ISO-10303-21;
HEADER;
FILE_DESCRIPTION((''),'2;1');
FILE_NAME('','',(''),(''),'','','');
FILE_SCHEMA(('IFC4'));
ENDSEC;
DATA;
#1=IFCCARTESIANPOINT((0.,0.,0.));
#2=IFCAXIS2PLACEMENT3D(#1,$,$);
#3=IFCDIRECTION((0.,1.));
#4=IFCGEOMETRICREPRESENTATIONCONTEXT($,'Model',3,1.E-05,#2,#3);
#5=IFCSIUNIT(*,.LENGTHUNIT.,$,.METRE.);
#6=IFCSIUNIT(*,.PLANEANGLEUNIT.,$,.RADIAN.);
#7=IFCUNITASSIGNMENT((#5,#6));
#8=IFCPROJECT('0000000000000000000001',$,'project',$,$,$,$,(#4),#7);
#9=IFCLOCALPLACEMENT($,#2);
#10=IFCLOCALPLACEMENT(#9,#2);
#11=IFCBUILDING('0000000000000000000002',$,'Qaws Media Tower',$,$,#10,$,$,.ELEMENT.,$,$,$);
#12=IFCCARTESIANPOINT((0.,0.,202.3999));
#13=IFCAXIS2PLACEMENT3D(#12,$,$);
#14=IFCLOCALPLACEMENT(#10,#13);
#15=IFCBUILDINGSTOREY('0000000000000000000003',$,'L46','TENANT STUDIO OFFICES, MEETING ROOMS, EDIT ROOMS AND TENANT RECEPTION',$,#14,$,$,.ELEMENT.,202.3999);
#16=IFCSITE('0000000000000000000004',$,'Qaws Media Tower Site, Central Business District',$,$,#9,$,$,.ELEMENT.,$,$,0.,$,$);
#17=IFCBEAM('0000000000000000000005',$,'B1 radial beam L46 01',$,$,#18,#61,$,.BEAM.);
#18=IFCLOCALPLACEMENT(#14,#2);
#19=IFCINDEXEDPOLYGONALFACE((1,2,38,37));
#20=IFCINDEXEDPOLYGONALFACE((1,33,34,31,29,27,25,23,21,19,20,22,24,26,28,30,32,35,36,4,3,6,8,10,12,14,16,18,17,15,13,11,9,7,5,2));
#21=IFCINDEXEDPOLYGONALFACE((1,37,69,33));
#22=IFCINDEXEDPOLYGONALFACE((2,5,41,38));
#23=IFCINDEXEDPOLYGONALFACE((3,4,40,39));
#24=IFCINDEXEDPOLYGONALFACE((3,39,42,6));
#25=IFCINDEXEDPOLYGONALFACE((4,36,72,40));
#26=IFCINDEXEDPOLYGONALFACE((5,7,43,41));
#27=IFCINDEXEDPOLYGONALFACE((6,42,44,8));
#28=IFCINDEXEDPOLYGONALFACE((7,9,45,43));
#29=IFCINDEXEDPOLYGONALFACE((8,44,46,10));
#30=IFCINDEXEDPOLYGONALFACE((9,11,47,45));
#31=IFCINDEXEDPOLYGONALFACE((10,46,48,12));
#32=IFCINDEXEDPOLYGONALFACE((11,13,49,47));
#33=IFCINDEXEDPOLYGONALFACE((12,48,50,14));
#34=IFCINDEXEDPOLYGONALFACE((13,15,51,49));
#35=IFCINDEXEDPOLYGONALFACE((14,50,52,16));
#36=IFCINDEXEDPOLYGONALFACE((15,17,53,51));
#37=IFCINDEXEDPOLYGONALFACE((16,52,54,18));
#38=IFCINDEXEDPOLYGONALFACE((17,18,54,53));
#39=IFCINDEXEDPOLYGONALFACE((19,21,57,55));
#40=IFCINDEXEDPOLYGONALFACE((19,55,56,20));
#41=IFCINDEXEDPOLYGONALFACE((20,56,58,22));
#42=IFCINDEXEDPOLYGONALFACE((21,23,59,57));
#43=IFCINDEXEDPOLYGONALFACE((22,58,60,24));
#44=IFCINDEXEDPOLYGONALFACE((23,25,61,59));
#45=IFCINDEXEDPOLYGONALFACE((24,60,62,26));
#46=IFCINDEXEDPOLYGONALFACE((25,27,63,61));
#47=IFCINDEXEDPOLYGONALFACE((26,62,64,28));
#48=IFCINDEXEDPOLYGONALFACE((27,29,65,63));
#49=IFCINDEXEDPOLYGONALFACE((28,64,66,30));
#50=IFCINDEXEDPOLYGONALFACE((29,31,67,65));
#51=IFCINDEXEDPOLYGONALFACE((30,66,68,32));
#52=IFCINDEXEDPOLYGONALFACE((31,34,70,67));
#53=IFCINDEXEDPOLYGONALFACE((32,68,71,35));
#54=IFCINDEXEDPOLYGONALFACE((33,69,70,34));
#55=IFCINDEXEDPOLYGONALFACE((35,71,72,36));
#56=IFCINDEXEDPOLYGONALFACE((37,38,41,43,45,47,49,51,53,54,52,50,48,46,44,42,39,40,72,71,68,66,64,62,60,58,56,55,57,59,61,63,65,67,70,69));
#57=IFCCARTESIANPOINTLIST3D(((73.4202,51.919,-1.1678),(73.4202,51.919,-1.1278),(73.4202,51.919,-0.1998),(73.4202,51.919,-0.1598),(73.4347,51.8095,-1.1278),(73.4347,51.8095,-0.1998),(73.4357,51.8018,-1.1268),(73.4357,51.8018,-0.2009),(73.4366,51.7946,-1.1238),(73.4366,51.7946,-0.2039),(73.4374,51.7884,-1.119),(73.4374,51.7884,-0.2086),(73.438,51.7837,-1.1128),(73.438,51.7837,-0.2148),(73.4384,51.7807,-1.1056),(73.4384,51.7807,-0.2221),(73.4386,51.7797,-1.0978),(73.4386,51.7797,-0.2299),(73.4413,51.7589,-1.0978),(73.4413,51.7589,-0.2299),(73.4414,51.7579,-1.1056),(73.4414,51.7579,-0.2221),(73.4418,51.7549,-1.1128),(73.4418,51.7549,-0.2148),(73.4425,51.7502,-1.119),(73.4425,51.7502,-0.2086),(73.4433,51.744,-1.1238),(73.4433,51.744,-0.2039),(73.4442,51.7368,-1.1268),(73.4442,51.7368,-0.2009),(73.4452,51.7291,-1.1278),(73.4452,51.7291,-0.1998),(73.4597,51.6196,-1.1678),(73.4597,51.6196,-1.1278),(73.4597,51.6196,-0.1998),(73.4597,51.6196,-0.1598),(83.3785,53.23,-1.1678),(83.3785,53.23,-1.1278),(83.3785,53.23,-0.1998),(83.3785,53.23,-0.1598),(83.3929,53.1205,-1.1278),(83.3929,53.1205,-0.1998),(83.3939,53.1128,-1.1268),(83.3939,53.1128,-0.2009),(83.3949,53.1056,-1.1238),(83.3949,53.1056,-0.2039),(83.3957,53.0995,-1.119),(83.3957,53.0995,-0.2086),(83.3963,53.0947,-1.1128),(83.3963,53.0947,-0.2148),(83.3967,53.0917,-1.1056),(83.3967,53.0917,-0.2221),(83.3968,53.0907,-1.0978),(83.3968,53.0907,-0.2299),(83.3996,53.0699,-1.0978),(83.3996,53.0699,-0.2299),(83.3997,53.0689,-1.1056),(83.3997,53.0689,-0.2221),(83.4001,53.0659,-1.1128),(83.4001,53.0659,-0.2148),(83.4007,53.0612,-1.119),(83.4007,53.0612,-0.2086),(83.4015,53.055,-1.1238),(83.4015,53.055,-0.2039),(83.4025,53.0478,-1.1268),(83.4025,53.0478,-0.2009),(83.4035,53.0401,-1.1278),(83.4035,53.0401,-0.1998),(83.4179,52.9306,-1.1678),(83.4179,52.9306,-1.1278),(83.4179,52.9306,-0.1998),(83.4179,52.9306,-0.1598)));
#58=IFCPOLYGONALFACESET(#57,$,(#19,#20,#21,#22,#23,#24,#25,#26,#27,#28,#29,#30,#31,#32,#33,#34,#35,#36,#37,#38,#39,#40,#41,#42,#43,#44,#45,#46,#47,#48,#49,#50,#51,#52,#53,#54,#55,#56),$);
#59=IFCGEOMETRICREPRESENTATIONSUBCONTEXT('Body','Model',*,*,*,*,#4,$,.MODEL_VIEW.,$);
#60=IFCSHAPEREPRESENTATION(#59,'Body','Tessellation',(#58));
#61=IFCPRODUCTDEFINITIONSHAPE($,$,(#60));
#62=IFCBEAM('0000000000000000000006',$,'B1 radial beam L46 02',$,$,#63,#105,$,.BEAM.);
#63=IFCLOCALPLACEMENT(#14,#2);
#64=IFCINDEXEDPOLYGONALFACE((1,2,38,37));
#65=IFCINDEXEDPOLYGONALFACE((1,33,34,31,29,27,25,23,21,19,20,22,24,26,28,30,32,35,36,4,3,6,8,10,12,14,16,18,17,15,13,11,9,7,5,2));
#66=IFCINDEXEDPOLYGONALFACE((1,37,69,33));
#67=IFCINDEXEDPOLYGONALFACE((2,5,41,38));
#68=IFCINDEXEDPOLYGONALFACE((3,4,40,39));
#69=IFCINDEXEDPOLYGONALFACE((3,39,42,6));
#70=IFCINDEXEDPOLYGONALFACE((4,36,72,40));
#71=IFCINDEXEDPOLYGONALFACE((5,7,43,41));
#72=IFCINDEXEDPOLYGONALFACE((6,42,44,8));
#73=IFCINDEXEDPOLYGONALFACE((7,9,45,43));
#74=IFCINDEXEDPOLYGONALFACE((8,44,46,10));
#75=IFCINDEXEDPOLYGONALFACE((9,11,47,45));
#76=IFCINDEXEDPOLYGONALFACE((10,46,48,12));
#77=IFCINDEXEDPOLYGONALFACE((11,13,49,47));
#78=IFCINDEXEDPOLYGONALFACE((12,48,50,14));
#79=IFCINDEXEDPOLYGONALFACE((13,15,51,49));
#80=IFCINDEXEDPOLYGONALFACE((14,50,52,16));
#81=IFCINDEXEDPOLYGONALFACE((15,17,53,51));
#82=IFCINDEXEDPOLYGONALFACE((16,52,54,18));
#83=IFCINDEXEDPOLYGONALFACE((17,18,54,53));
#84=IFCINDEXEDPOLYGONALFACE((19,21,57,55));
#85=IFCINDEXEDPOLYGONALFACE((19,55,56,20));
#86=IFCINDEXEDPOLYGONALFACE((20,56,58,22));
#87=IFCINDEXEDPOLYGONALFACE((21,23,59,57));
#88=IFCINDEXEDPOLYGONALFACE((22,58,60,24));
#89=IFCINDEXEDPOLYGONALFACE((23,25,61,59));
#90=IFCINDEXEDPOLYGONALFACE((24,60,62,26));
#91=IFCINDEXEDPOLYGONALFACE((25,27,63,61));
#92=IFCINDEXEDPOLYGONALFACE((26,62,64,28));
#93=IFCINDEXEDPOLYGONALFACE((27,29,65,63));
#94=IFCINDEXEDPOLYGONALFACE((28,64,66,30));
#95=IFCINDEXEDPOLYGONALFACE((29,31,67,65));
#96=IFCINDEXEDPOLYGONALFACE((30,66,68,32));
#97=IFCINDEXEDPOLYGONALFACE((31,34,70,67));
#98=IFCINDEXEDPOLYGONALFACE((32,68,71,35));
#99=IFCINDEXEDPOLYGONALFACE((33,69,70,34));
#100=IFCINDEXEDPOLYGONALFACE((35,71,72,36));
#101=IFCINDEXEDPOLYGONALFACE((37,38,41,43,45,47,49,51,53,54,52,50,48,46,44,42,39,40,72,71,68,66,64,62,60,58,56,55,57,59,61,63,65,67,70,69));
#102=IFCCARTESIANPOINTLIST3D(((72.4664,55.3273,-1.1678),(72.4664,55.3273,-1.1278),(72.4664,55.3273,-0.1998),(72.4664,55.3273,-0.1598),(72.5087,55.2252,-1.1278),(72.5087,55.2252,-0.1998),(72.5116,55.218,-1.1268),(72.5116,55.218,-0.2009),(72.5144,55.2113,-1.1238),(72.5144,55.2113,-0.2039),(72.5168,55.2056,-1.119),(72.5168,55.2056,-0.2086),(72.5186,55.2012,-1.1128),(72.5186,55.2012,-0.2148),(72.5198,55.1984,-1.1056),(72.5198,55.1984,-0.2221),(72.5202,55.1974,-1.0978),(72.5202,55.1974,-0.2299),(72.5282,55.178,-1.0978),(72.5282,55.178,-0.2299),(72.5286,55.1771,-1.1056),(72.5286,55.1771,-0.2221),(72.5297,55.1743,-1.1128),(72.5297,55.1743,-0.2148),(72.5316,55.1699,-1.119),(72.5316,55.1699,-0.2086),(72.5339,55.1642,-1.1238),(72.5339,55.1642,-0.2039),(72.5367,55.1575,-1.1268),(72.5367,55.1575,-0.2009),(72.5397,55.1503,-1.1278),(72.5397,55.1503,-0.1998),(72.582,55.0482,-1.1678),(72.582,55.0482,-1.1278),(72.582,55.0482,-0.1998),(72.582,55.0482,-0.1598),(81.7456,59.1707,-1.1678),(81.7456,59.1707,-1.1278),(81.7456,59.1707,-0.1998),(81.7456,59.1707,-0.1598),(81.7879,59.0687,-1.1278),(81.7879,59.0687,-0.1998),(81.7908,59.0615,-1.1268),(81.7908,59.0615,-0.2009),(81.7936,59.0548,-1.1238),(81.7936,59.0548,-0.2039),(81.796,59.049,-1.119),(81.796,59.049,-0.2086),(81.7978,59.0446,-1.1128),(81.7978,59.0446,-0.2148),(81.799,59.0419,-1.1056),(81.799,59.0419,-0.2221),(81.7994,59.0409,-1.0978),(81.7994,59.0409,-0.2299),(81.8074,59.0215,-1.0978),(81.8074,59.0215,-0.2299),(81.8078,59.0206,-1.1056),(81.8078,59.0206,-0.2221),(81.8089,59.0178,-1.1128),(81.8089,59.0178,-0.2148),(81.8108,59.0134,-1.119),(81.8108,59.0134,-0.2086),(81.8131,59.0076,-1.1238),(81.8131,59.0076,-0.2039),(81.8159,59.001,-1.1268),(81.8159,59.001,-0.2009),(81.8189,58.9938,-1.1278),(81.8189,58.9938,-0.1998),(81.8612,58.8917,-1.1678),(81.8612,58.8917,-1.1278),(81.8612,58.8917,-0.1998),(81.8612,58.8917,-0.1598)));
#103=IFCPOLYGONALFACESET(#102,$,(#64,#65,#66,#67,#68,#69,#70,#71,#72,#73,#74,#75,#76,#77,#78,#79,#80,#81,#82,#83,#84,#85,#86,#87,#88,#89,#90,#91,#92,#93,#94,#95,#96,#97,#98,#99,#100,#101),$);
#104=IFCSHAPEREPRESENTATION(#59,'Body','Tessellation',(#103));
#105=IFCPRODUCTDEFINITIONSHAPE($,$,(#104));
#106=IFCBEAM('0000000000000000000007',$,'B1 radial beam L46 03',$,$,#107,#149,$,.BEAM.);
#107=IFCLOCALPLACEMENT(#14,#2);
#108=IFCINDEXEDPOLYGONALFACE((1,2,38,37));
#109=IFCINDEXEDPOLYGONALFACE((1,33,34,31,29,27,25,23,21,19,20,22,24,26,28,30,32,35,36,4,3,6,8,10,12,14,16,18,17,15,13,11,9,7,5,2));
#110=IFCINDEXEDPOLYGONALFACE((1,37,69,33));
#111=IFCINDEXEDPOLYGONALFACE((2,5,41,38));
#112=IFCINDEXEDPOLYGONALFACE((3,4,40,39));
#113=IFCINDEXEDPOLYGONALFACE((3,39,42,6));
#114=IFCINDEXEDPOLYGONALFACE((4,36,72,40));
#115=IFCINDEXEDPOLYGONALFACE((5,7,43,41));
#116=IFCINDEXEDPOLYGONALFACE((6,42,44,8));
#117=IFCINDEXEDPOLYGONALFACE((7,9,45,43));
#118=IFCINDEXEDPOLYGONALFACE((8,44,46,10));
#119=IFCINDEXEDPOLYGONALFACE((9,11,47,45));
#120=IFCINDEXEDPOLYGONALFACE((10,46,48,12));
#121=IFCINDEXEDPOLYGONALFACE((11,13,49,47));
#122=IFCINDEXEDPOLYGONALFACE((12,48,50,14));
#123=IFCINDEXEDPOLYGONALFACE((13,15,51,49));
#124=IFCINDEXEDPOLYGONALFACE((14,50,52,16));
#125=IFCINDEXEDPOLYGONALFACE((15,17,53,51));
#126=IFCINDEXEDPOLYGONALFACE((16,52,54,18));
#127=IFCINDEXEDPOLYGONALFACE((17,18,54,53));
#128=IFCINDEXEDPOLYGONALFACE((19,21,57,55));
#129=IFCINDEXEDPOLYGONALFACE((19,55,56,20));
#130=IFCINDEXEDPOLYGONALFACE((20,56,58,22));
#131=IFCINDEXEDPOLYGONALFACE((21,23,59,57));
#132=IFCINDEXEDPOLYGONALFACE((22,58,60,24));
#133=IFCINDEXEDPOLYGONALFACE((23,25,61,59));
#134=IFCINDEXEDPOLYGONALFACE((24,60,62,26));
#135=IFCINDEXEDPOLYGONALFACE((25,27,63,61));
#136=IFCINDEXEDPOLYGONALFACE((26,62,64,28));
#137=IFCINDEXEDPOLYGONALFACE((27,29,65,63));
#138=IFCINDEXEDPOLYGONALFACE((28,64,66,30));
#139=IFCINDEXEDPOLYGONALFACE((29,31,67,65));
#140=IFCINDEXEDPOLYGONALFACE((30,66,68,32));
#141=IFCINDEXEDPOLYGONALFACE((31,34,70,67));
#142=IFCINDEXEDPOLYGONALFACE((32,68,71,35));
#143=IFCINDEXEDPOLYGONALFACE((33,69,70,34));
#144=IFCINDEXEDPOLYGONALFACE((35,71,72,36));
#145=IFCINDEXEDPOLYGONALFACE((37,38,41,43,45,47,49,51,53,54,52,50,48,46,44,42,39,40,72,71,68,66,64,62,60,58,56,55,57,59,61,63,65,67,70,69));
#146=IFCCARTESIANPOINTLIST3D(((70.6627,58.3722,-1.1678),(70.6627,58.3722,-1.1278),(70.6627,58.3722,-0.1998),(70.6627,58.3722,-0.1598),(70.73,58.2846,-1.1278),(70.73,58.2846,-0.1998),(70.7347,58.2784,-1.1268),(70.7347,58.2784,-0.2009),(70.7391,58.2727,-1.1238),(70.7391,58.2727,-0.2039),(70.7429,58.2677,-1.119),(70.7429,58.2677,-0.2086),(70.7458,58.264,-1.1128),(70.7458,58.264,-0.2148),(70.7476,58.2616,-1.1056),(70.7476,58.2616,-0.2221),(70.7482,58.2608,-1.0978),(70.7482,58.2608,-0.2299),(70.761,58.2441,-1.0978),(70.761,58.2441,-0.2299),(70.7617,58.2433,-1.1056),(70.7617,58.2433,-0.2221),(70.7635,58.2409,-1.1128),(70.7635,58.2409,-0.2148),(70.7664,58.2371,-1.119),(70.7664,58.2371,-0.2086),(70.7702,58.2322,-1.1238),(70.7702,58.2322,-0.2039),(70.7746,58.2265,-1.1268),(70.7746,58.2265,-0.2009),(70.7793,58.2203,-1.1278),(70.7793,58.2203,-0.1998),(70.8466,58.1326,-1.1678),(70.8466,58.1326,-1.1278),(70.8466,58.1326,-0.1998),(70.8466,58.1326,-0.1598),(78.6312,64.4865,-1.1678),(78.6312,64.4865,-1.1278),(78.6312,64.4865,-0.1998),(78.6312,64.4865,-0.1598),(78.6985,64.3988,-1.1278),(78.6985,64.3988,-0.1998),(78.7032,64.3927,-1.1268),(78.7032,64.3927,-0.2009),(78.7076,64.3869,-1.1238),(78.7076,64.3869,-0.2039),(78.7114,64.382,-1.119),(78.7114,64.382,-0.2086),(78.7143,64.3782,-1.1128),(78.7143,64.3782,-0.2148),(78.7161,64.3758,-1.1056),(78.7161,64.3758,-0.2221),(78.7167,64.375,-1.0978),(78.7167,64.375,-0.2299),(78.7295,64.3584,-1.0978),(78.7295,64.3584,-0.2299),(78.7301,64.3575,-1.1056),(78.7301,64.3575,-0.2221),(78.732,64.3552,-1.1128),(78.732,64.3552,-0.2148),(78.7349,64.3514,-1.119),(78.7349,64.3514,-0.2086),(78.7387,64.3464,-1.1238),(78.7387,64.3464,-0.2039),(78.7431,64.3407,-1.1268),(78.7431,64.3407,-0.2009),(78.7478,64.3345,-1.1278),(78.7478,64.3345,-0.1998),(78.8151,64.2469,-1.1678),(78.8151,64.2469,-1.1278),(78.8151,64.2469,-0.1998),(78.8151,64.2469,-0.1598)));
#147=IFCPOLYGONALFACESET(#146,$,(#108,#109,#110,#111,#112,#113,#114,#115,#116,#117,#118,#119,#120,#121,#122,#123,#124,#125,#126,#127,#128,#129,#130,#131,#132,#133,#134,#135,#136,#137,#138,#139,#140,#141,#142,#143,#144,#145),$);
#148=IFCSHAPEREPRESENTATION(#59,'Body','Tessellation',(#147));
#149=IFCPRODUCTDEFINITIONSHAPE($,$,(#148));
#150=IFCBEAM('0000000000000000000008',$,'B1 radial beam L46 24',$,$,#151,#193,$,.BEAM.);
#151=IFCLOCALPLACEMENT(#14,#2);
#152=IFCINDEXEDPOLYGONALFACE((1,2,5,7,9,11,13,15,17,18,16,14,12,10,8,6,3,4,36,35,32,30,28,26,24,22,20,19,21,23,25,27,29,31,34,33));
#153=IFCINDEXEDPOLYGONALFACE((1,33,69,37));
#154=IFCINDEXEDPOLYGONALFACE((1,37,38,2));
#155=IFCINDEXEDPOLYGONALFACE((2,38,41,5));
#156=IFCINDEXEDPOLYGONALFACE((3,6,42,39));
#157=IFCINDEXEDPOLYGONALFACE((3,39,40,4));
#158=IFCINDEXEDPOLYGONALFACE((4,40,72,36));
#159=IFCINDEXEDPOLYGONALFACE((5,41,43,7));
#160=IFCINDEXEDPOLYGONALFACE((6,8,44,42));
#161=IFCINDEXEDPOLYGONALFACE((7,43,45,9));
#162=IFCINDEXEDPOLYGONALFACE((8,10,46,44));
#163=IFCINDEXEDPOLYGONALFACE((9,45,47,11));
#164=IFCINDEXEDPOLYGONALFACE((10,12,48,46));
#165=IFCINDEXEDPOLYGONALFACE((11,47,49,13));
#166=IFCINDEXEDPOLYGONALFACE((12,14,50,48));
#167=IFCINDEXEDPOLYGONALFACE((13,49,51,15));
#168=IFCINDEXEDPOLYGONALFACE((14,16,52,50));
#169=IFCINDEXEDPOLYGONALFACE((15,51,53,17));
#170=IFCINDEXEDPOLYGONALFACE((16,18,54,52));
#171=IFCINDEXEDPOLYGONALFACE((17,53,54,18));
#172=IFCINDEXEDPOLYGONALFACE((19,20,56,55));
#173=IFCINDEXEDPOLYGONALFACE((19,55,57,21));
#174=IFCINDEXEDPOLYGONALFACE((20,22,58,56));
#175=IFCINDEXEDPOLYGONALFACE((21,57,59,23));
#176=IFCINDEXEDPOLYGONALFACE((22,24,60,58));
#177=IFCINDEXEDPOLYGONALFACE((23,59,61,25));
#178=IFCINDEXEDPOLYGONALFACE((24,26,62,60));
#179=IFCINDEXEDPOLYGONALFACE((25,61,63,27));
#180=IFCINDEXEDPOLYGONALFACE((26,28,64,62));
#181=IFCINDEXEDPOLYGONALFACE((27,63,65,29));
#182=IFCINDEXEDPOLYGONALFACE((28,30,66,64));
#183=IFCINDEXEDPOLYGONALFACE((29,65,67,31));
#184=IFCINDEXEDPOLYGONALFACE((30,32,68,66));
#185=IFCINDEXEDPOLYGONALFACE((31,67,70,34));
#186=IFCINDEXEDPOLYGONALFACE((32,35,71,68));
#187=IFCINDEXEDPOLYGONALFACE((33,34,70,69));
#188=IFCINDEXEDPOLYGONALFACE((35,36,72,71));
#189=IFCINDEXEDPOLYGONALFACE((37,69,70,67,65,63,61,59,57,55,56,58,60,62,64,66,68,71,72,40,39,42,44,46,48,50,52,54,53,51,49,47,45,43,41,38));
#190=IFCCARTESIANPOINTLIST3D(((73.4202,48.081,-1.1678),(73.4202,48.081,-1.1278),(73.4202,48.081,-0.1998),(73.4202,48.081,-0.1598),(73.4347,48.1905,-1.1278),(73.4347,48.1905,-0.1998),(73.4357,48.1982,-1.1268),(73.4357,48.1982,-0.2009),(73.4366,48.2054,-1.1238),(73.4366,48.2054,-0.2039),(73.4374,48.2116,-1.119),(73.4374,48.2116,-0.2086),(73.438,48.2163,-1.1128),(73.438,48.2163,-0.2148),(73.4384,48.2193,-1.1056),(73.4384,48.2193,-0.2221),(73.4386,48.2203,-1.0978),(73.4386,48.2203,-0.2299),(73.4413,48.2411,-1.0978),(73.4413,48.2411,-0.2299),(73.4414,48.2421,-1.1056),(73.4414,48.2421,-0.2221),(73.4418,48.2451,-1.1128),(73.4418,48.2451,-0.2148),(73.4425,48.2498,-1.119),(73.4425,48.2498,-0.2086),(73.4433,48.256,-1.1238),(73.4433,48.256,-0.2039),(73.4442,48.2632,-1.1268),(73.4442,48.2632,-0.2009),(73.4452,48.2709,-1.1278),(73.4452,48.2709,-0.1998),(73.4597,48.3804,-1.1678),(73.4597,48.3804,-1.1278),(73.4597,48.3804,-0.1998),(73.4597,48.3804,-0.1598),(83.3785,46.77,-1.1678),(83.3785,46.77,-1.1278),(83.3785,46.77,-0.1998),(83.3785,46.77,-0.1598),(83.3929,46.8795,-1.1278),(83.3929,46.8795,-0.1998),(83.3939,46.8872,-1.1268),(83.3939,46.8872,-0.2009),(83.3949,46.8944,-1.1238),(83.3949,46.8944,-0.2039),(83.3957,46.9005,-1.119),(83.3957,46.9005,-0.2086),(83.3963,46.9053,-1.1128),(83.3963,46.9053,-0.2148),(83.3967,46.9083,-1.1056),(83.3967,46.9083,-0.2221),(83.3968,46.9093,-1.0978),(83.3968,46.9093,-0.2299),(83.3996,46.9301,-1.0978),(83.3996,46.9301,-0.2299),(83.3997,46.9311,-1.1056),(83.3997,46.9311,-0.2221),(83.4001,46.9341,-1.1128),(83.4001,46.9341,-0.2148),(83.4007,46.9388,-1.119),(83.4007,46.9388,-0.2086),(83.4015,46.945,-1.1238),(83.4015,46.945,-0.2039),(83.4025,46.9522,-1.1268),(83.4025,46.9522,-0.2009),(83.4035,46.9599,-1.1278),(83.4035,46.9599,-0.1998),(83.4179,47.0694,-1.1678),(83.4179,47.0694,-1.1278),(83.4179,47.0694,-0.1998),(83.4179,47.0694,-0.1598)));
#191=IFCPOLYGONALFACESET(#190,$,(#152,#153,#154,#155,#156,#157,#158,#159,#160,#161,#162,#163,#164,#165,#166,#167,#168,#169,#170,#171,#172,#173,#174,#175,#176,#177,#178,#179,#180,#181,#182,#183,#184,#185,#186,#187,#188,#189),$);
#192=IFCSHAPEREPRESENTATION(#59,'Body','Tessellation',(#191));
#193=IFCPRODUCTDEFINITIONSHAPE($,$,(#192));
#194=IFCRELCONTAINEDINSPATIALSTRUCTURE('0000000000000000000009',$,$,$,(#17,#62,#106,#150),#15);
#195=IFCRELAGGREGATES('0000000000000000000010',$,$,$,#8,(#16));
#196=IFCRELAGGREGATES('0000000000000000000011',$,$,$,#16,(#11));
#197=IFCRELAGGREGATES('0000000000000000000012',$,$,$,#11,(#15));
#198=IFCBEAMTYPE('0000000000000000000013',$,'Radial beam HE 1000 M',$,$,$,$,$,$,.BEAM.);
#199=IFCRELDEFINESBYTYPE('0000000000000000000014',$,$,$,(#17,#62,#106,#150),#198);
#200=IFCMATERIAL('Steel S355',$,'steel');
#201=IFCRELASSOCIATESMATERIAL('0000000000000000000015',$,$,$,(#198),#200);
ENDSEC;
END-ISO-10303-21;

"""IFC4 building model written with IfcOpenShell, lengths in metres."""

from ifc_helpers import new_model, si_unit, direction, frame, origin, origin_2d, place, context, subcontext, project, spatial, i_section, extrude, material, material_profile, profile_set, type_object, element, save


model = new_model("IFC4")

# Units and contexts
model_context = context("Model", 3, precision=1e-05, world=origin(), true_north=direction((0.0, 1.0)))
body_context = subcontext(model_context, "Body", "Model", "MODEL_VIEW")
ifc_project = project(units=[si_unit("LENGTHUNIT", "METRE"), si_unit("PLANEANGLEUNIT", "RADIAN")], contexts=[model_context])

# Site, building, storey
site_placement = place(None, origin())
site = spatial("IfcSite", under=ifc_project, at=site_placement, Name="Qaws Media Tower Site, Central Business District", CompositionType="ELEMENT", RefElevation=0.0)
building_placement = place(site_placement, origin())
building = spatial("IfcBuilding", under=site, at=building_placement, Name="Qaws Media Tower", CompositionType="ELEMENT")
storey_placement = place(building_placement, frame((0.0, 0.0, 202.3999)))
storey = spatial("IfcBuildingStorey", under=building, at=storey_placement, Name="L46", Description="TENANT STUDIO OFFICES, MEETING ROOMS, EDIT ROOMS AND TENANT RECEPTION", CompositionType="ELEMENT", Elevation=202.3999)

# Beams
ifc_material_1 = material(Name="Steel S355", Category="steel")
ifc_material_profile_1 = material_profile(ifc_material_1, i_section(OverallWidth=0.302, OverallDepth=1.0081, WebThickness=0.021, FlangeThickness=0.04, FilletRadius=0.03, at=origin_2d()), Name="HE 1000 M")
ifc_profile_set_1 = profile_set([ifc_material_profile_1], Name="Steel S355")
beam_type_1 = type_object("IfcBeamType", Name="Radial beam HE 1000 M", PredefinedType="BEAM", material=ifc_profile_set_1)
beam_1_placement = place(storey_placement, frame((73.4399, 51.7693, -0.6638), z_axis=(0.991445, 0.130527, 0.0), x_axis=(-0.130527, 0.991445, 0.0)))
element("IfcBeam", 1, at=beam_1_placement, inside=storey, type_object=beam_type_1, Name="B1 radial beam L46 01", PredefinedType="BEAM", context=body_context, shape_type="SweptSolid", body=[
    extrude(i_section(OverallWidth=0.302, OverallDepth=1.0081, WebThickness=0.021, FlangeThickness=0.04, FilletRadius=0.03, at=origin_2d()), origin(), (0.0, 0.0, 1.0), 10.0442),
])
beam_2_placement = place(storey_placement, frame((72.5242, 55.1877, -0.6638), z_axis=(0.923883, 0.382675, 0.0), x_axis=(-0.382675, 0.923883, 0.0)))
element("IfcBeam", 2, at=beam_2_placement, inside=storey, type_object=beam_type_1, Name="B1 radial beam L46 02", PredefinedType="BEAM", context=body_context, shape_type="SweptSolid", body=[
    extrude(i_section(OverallWidth=0.302, OverallDepth=1.0081, WebThickness=0.021, FlangeThickness=0.04, FilletRadius=0.03, at=origin_2d()), origin(), (0.0, 0.0, 1.0), 10.0437),
])
beam_3_placement = place(storey_placement, frame((70.7546, 58.2524, -0.6638), z_axis=(0.793363, 0.608749, 0.0), x_axis=(-0.608749, 0.793363, 0.0)))
element("IfcBeam", 3, at=beam_3_placement, inside=storey, type_object=beam_type_1, Name="B1 radial beam L46 03", PredefinedType="BEAM", context=body_context, shape_type="SweptSolid", body=[
    extrude(i_section(OverallWidth=0.302, OverallDepth=1.0081, WebThickness=0.021, FlangeThickness=0.04, FilletRadius=0.03, at=origin_2d()), origin(), (0.0, 0.0, 1.0), 10.0439),
])
beam_4_placement = place(storey_placement, frame((73.4399, 48.2307, -0.6638), z_axis=(0.991445, -0.130527, 0.0), x_axis=(0.130527, 0.991445, 0.0)))
element("IfcBeam", 4, at=beam_4_placement, inside=storey, type_object=beam_type_1, Name="B1 radial beam L46 24", PredefinedType="BEAM", context=body_context, shape_type="SweptSolid", body=[
    extrude(i_section(OverallWidth=0.302, OverallDepth=1.0081, WebThickness=0.021, FlangeThickness=0.04, FilletRadius=0.03, at=origin_2d()), origin(), (0.0, 0.0, 1.0), 10.0442),
])

save(model, "model.ifc")
